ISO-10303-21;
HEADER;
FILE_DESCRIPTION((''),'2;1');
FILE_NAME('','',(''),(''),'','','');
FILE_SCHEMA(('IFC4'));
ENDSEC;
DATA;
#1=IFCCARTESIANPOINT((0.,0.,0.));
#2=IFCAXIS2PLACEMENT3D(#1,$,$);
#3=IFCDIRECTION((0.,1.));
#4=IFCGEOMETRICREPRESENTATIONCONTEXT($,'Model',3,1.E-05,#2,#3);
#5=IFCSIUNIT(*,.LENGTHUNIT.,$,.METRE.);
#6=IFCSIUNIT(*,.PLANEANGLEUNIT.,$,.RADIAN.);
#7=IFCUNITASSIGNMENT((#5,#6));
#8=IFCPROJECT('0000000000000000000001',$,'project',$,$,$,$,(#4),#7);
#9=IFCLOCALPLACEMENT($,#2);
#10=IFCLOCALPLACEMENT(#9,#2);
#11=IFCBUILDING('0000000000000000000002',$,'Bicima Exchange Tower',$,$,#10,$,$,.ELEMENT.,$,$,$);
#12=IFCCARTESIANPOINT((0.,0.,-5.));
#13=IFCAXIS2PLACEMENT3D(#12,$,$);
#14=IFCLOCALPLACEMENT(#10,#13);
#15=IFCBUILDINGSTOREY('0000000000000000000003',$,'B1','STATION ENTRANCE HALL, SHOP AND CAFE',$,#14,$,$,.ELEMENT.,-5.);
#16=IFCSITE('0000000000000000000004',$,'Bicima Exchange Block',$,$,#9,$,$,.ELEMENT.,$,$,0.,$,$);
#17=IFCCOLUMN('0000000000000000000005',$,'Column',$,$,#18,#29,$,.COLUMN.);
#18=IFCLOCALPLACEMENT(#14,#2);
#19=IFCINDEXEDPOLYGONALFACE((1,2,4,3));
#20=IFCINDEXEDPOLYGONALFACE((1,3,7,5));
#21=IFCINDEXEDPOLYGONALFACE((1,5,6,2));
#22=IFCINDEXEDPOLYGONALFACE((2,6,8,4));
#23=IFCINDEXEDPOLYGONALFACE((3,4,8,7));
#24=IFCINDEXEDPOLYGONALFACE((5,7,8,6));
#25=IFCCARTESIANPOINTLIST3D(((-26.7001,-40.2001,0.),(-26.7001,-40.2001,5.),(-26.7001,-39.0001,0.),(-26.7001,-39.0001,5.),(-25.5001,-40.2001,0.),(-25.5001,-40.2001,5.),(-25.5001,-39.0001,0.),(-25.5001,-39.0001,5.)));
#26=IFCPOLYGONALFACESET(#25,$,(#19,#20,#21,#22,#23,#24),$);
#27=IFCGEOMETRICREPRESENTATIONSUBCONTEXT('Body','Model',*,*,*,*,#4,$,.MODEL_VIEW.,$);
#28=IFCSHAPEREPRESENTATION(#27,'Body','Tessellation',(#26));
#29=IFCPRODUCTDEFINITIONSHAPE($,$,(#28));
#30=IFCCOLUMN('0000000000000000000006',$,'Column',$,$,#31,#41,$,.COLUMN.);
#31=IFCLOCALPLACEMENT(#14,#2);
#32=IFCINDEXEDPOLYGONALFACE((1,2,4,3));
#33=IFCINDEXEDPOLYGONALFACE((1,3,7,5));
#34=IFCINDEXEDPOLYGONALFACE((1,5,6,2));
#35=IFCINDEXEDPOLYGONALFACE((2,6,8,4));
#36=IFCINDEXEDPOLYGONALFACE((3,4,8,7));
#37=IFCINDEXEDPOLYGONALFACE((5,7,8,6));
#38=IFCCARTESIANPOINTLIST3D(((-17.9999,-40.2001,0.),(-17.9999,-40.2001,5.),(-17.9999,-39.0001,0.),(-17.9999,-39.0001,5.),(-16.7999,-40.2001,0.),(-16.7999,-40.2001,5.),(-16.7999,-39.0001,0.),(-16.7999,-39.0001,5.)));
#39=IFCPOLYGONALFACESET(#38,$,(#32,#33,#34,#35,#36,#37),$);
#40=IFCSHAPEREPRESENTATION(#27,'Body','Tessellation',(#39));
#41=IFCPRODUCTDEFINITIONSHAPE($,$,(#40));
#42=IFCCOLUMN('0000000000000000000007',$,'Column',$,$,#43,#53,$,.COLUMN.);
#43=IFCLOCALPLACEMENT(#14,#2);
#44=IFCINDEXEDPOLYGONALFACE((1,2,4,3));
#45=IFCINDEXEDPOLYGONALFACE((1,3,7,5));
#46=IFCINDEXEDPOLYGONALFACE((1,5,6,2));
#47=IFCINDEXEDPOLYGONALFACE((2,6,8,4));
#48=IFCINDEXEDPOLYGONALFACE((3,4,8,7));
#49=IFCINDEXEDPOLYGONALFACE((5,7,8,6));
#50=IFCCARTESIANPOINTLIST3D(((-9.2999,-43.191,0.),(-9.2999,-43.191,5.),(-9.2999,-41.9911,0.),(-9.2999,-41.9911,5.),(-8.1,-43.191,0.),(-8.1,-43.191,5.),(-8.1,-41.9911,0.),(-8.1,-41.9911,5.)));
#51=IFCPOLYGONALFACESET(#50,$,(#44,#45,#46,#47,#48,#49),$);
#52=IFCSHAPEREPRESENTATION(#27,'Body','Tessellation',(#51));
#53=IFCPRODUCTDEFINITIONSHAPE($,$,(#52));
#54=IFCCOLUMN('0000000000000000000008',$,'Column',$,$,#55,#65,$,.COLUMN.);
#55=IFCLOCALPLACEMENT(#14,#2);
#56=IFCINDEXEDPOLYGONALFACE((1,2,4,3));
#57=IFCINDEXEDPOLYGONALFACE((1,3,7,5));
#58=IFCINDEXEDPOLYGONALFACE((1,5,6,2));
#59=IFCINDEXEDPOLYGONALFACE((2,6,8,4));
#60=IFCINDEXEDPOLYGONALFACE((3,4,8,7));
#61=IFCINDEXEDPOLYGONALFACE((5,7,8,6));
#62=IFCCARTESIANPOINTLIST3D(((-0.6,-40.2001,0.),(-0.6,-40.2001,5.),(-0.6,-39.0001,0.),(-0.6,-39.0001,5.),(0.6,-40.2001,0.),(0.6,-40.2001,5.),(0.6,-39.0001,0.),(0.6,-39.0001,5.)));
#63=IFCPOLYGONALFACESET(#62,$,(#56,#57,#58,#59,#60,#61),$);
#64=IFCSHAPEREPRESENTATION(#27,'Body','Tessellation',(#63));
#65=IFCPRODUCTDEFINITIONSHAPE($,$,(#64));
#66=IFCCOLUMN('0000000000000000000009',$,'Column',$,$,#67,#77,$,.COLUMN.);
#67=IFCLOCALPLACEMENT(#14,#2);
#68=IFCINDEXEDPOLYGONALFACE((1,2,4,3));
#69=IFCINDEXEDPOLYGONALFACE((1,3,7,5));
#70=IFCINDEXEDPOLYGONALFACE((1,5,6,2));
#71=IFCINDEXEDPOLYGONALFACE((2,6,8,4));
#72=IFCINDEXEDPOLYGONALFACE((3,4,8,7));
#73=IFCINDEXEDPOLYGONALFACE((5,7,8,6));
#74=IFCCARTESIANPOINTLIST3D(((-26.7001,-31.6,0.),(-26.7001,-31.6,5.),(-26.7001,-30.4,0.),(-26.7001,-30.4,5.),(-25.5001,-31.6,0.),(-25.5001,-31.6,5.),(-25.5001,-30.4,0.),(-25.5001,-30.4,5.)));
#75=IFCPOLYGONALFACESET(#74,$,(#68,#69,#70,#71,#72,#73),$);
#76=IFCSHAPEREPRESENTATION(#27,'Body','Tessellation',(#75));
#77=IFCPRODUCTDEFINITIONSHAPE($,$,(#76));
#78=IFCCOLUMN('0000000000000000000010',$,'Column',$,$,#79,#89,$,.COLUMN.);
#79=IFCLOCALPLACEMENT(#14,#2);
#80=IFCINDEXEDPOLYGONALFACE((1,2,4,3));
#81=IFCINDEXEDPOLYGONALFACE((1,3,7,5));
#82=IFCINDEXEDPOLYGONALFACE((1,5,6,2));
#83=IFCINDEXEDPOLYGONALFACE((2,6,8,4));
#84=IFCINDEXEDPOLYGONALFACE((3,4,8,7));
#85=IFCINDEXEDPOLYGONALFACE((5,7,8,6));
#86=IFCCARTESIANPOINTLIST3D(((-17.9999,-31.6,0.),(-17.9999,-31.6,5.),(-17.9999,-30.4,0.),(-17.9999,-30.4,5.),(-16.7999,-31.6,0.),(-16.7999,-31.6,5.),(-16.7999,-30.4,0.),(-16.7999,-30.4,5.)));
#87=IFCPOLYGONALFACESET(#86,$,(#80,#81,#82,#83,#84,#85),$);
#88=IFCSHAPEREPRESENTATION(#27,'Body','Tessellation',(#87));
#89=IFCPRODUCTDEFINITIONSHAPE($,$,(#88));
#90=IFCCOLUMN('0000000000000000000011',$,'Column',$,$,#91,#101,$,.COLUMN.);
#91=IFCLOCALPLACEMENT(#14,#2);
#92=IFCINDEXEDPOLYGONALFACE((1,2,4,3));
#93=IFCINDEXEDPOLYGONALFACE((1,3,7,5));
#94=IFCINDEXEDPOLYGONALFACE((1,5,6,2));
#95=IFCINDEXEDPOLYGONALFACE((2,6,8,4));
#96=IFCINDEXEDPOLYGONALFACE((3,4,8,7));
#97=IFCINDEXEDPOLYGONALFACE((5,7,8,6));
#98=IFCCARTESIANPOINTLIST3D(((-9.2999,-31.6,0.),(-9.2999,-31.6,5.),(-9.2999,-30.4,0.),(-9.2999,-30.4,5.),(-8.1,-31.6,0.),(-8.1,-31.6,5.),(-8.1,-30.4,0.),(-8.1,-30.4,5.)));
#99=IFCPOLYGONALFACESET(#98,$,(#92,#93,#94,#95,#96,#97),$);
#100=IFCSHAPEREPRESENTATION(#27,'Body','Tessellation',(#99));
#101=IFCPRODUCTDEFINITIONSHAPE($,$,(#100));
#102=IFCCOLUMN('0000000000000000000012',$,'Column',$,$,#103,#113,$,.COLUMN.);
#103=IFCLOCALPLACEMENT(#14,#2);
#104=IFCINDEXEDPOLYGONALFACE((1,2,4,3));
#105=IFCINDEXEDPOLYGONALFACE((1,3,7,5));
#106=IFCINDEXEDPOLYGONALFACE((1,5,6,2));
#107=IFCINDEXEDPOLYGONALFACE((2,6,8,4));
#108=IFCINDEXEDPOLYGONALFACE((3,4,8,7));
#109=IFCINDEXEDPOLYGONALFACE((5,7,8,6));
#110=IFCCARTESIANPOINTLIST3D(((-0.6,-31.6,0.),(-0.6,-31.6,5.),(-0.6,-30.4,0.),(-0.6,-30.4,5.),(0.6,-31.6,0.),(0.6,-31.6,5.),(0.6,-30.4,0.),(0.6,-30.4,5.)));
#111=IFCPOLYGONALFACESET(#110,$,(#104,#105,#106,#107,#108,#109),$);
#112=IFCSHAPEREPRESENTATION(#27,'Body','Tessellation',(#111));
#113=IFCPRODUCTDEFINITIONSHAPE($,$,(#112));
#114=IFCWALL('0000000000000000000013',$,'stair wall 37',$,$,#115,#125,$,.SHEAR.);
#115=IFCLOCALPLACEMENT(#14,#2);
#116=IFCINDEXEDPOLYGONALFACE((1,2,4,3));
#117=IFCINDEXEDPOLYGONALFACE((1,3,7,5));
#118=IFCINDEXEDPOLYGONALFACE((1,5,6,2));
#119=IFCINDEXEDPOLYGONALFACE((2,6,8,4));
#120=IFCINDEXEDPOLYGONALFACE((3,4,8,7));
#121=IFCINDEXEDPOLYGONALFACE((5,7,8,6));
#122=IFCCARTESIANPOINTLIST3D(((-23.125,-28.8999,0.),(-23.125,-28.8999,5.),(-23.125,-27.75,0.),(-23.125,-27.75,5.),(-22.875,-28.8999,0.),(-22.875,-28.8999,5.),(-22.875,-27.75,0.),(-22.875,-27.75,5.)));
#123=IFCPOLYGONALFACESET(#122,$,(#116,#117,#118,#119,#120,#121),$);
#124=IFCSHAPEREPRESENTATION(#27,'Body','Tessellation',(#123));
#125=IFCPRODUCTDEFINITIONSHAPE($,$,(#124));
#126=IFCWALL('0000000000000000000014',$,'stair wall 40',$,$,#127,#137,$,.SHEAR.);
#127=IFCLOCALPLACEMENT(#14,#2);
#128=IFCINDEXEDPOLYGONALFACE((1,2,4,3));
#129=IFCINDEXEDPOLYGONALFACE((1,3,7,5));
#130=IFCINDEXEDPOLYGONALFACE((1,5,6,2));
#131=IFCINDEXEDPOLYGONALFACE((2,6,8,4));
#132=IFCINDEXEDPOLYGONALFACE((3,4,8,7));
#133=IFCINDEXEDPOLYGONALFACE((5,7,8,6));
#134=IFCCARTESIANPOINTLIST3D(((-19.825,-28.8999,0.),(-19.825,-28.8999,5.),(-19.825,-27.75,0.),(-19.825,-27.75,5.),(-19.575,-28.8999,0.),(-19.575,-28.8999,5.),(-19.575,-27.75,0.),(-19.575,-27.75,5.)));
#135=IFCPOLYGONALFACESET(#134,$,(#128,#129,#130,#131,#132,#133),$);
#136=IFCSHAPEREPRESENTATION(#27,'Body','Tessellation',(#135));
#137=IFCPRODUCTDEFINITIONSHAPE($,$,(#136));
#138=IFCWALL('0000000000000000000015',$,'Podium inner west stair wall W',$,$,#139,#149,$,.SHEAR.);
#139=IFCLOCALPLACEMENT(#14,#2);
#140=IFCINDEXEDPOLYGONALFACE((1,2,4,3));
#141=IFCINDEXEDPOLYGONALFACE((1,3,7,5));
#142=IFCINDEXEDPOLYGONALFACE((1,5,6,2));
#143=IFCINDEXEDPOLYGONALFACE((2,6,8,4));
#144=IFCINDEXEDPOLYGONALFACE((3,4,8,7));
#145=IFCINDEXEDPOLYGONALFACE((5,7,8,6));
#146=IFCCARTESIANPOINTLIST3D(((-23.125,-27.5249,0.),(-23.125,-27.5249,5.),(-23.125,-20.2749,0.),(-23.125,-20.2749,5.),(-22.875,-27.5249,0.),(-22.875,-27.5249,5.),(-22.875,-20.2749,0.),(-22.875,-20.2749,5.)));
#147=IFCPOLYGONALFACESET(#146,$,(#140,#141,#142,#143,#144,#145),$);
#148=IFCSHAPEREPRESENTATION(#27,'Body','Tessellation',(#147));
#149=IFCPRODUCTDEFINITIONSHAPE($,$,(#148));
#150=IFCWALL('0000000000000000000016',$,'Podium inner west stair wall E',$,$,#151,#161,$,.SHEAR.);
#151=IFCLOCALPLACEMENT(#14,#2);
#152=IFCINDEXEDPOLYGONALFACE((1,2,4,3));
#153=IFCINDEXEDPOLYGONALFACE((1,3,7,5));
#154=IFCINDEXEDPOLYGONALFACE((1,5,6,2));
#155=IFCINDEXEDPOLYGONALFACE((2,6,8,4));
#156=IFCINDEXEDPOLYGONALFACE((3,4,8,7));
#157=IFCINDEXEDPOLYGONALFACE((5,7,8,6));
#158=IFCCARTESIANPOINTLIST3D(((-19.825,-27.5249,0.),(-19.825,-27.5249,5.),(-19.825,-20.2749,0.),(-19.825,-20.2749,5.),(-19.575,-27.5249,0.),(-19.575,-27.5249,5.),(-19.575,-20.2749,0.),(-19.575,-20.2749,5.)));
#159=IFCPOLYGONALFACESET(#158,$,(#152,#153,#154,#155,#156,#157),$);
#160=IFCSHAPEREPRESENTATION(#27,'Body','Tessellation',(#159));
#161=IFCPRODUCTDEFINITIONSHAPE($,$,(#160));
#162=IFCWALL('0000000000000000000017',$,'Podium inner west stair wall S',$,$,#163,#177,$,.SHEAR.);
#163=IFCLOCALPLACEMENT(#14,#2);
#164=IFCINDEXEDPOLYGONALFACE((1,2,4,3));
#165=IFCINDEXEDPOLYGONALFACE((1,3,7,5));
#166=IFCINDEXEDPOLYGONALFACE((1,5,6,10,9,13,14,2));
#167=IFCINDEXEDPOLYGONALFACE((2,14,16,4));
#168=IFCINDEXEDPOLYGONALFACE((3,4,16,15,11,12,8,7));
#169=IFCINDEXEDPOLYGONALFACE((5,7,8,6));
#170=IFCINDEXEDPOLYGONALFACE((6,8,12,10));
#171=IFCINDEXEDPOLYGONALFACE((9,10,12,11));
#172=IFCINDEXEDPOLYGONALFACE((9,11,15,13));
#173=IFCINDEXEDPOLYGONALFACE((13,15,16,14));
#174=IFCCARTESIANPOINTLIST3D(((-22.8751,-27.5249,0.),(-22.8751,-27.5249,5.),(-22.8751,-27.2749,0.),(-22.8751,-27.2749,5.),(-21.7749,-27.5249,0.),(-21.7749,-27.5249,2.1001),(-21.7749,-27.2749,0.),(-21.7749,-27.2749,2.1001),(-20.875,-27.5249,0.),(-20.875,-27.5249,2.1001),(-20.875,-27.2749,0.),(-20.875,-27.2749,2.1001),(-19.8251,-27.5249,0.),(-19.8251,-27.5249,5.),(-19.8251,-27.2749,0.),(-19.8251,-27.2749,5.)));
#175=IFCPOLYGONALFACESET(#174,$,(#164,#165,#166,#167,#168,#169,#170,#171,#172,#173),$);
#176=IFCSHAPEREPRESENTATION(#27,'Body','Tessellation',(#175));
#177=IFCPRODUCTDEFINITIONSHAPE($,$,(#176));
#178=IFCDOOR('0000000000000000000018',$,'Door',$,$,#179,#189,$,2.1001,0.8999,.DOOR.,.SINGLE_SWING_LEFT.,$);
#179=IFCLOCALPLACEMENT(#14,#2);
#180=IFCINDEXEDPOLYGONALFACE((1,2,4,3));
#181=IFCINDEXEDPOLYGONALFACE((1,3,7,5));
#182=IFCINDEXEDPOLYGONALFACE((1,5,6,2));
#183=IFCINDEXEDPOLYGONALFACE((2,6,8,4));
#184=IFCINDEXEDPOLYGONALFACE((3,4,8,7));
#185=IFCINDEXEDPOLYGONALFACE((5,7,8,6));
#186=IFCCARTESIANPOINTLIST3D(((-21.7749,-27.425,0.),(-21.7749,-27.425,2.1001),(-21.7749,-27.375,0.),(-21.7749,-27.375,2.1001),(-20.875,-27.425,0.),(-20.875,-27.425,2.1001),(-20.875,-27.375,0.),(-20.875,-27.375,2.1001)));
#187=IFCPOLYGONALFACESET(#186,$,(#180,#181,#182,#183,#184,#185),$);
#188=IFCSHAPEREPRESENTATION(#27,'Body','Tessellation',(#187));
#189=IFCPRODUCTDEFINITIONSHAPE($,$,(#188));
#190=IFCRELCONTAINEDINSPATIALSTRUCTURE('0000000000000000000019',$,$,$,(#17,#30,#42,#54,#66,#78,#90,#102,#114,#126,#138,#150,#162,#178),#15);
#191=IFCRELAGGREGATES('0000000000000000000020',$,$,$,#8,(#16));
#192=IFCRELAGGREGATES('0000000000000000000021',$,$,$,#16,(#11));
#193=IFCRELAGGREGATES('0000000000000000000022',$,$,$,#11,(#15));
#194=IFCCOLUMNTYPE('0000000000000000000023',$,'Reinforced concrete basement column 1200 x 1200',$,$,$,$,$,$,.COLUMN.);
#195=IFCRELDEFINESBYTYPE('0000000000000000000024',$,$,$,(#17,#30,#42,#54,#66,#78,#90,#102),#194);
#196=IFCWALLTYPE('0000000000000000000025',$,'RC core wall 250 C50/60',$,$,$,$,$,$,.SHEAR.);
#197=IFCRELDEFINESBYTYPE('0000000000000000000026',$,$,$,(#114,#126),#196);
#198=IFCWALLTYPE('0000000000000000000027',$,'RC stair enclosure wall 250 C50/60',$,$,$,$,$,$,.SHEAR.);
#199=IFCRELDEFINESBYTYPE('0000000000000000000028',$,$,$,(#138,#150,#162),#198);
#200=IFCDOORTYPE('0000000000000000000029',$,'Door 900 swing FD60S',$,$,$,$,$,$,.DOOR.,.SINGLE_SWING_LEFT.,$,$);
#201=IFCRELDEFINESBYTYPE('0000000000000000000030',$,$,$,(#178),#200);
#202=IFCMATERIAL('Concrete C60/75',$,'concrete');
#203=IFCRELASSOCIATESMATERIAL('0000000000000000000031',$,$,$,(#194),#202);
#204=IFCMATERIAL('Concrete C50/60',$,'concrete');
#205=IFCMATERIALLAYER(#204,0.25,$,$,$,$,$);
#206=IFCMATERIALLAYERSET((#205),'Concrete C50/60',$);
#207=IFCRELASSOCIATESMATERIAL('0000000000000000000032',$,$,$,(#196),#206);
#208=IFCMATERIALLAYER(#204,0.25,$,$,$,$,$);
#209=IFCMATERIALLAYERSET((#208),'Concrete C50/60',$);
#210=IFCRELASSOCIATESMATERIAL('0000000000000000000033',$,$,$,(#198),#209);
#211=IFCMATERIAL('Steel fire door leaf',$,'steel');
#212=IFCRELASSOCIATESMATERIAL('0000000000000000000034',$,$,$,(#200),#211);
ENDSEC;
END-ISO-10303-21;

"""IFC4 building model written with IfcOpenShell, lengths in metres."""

from ifc_helpers import new_model, si_unit, direction, frame, frame_2d, origin, origin_2d, place, context, subcontext, project, spatial, rectangle, extrude, material, layer, layer_set, material_profile, profile_set, type_object, element, fill, save


model = new_model("IFC4")

# Units and contexts
model_context = context("Model", 3, precision=1e-05, world=origin(), true_north=direction((0.0, 1.0)))
body_context = subcontext(model_context, "Body", "Model", "MODEL_VIEW")
ifc_project = project(units=[si_unit("LENGTHUNIT", "METRE"), si_unit("PLANEANGLEUNIT", "RADIAN")], contexts=[model_context])

# Site, building, storey
site_placement = place(None, origin())
site = spatial("IfcSite", under=ifc_project, at=site_placement, Name="Bicima Exchange Block", CompositionType="ELEMENT", RefElevation=0.0)
building_placement = place(site_placement, origin())
building = spatial("IfcBuilding", under=site, at=building_placement, Name="Bicima Exchange Tower", CompositionType="ELEMENT")
storey_placement = place(building_placement, frame((0.0, 0.0, -5.0)))
storey = spatial("IfcBuildingStorey", under=building, at=storey_placement, Name="B1", Description="STATION ENTRANCE HALL, SHOP AND CAFE", CompositionType="ELEMENT", Elevation=-5.0)

# Columns
ifc_material_1 = material(Name="Concrete C60/75", Category="concrete")
ifc_material_profile = material_profile(ifc_material_1, rectangle(XDim=1.2, YDim=1.2, at=origin_2d()))
ifc_profile_set = profile_set([ifc_material_profile], Name="Concrete C60/75")
column_type = type_object("IfcColumnType", Name="Reinforced concrete basement column 1200 x 1200", PredefinedType="COLUMN", material=ifc_profile_set)
for number, where, z_axis, x_axis, name in (
    (1, (-26.1001, -39.6001, 0.0), (0.0, 0.0, 1.0), (1.0, 0.0, 0.0), "Column"),
    (2, (-17.3999, -39.6001, 0.0), (0.0, 0.0, 1.0), (1.0, 0.0, 0.0), "Column"),
    (3, (-8.7, -42.5911, 0.0), (0.0, 0.0, 1.0), (1.0, 0.0, 0.0), "Column"),
    (4, (0.0, -39.6001, 0.0), (0.0, 0.0, 1.0), (1.0, 0.0, 0.0), "Column"),
    (5, (-26.1001, -31.0, 0.0), (0.0, 0.0, 1.0), (1.0, 0.0, 0.0), "Column"),
    (6, (-17.3999, -31.0, 0.0), (0.0, 0.0, 1.0), (1.0, 0.0, 0.0), "Column"),
    (7, (-8.7, -31.0, 0.0), (0.0, 0.0, 1.0), (1.0, 0.0, 0.0), "Column"),
    (8, (0.0, -31.0, 0.0), (0.0, 0.0, 1.0), (1.0, 0.0, 0.0), "Column"),
):
    element("IfcColumn", number, at=place(storey_placement, frame(where, z_axis=z_axis, x_axis=x_axis)), inside=storey, type_object=column_type, Name=name, PredefinedType="COLUMN", context=body_context, shape_type="SweptSolid", body=[
        extrude(rectangle(XDim=1.2, YDim=1.2, at=origin_2d()), origin(), (0.0, 0.0, 1.0), 5.0),
    ])

# Walls
ifc_material_2 = material(Name="Concrete C50/60", Category="concrete")
ifc_layer_1 = layer(ifc_material_2, 0.25)
ifc_layer_set_1 = layer_set([ifc_layer_1], Name="Concrete C50/60")
wall_type_1 = type_object("IfcWallType", Name="RC core wall 250 C50/60", PredefinedType="SHEAR", material=ifc_layer_set_1)
for number, where, z_axis, x_axis, name in (
    (9, (-23.0, -28.8999, 0.0), (0.0, 0.0, 1.0), (0.0, 1.0, 0.0), "stair wall 37"),
    (10, (-19.7, -28.8999, 0.0), (0.0, 0.0, 1.0), (0.0, 1.0, 0.0), "stair wall 40"),
):
    element("IfcWall", number, at=place(storey_placement, frame(where, z_axis=z_axis, x_axis=x_axis)), inside=storey, type_object=wall_type_1, Name=name, PredefinedType="SHEAR", context=body_context, shape_type="SweptSolid", body=[
        extrude(rectangle(XDim=1.1499, YDim=0.25, at=frame_2d((0.575, 0.0))), origin(), (0.0, 0.0, 1.0), 5.0),
    ])
ifc_layer_2 = layer(ifc_material_2, 0.25)
ifc_layer_set_2 = layer_set([ifc_layer_2], Name="Concrete C50/60")
wall_type_2 = type_object("IfcWallType", Name="RC stair enclosure wall 250 C50/60", PredefinedType="SHEAR", material=ifc_layer_set_2)
for number, where, z_axis, x_axis, name in (
    (11, (-23.0, -27.5249, 0.0), (0.0, 0.0, 1.0), (0.0, 1.0, 0.0), "Podium inner west stair wall W"),
    (12, (-19.7, -27.5249, 0.0), (0.0, 0.0, 1.0), (0.0, 1.0, 0.0), "Podium inner west stair wall E"),
):
    element("IfcWall", number, at=place(storey_placement, frame(where, z_axis=z_axis, x_axis=x_axis)), inside=storey, type_object=wall_type_2, Name=name, PredefinedType="SHEAR", context=body_context, shape_type="SweptSolid", body=[
        extrude(rectangle(XDim=7.25, YDim=0.25, at=frame_2d((3.625, 0.0))), origin(), (0.0, 0.0, 1.0), 5.0),
    ])

# Wall, opening, door
wall_placement = place(storey_placement, frame((-22.875, -27.3999, 0.0), z_axis=(0.0, 0.0, 1.0), x_axis=(1.0, 0.0, 0.0)))
wall = element("IfcWall", 13, at=wall_placement, inside=storey, type_object=wall_type_2, Name="Podium inner west stair wall S", PredefinedType="SHEAR", context=body_context, shape_type="SweptSolid", body=[
    extrude(rectangle(XDim=3.05, YDim=0.25, at=frame_2d((1.5249, 0.0))), origin(), (0.0, 0.0, 1.0), 5.0),
])
opening_placement = place(wall_placement, frame((1.1001, 0.0, 0.0)))
opening = element("IfcOpeningElement", 14, at=opening_placement, cuts=wall, PredefinedType="OPENING", context=body_context, shape_type="SweptSolid", body=[
    extrude(rectangle(XDim=0.8999, YDim=2.1001, at=frame_2d((0.45, 1.05))), frame((0.0, 0.137, 0.0), z_axis=(0.0, -1.0, 0.0), x_axis=(1.0, 0.0, 0.0)), (0.0, 0.0, 1.0), 0.2739),
])
ifc_material_3 = material(Name="Steel fire door leaf", Category="steel")
door_type = type_object("IfcDoorType", Name="Door 900 swing FD60S", OperationType="SINGLE_SWING_LEFT", PredefinedType="DOOR", material=ifc_material_3)
door_placement = place(opening_placement, origin())
door = element("IfcDoor", 15, at=door_placement, inside=storey, type_object=door_type, Name="Door", OperationType="SINGLE_SWING_LEFT", OverallHeight=2.1001, OverallWidth=0.8999, PredefinedType="DOOR", context=body_context, shape_type="SweptSolid", body=[
    extrude(rectangle(XDim=0.8999, YDim=2.1001, at=frame_2d((0.45, 1.05))), frame((0.0, 0.0249, 0.0), z_axis=(0.0, -1.0, 0.0), x_axis=(1.0, 0.0, 0.0)), (0.0, 0.0, 1.0), 0.05),
])
fill(opening, door)

save(model, "model.ifc")
